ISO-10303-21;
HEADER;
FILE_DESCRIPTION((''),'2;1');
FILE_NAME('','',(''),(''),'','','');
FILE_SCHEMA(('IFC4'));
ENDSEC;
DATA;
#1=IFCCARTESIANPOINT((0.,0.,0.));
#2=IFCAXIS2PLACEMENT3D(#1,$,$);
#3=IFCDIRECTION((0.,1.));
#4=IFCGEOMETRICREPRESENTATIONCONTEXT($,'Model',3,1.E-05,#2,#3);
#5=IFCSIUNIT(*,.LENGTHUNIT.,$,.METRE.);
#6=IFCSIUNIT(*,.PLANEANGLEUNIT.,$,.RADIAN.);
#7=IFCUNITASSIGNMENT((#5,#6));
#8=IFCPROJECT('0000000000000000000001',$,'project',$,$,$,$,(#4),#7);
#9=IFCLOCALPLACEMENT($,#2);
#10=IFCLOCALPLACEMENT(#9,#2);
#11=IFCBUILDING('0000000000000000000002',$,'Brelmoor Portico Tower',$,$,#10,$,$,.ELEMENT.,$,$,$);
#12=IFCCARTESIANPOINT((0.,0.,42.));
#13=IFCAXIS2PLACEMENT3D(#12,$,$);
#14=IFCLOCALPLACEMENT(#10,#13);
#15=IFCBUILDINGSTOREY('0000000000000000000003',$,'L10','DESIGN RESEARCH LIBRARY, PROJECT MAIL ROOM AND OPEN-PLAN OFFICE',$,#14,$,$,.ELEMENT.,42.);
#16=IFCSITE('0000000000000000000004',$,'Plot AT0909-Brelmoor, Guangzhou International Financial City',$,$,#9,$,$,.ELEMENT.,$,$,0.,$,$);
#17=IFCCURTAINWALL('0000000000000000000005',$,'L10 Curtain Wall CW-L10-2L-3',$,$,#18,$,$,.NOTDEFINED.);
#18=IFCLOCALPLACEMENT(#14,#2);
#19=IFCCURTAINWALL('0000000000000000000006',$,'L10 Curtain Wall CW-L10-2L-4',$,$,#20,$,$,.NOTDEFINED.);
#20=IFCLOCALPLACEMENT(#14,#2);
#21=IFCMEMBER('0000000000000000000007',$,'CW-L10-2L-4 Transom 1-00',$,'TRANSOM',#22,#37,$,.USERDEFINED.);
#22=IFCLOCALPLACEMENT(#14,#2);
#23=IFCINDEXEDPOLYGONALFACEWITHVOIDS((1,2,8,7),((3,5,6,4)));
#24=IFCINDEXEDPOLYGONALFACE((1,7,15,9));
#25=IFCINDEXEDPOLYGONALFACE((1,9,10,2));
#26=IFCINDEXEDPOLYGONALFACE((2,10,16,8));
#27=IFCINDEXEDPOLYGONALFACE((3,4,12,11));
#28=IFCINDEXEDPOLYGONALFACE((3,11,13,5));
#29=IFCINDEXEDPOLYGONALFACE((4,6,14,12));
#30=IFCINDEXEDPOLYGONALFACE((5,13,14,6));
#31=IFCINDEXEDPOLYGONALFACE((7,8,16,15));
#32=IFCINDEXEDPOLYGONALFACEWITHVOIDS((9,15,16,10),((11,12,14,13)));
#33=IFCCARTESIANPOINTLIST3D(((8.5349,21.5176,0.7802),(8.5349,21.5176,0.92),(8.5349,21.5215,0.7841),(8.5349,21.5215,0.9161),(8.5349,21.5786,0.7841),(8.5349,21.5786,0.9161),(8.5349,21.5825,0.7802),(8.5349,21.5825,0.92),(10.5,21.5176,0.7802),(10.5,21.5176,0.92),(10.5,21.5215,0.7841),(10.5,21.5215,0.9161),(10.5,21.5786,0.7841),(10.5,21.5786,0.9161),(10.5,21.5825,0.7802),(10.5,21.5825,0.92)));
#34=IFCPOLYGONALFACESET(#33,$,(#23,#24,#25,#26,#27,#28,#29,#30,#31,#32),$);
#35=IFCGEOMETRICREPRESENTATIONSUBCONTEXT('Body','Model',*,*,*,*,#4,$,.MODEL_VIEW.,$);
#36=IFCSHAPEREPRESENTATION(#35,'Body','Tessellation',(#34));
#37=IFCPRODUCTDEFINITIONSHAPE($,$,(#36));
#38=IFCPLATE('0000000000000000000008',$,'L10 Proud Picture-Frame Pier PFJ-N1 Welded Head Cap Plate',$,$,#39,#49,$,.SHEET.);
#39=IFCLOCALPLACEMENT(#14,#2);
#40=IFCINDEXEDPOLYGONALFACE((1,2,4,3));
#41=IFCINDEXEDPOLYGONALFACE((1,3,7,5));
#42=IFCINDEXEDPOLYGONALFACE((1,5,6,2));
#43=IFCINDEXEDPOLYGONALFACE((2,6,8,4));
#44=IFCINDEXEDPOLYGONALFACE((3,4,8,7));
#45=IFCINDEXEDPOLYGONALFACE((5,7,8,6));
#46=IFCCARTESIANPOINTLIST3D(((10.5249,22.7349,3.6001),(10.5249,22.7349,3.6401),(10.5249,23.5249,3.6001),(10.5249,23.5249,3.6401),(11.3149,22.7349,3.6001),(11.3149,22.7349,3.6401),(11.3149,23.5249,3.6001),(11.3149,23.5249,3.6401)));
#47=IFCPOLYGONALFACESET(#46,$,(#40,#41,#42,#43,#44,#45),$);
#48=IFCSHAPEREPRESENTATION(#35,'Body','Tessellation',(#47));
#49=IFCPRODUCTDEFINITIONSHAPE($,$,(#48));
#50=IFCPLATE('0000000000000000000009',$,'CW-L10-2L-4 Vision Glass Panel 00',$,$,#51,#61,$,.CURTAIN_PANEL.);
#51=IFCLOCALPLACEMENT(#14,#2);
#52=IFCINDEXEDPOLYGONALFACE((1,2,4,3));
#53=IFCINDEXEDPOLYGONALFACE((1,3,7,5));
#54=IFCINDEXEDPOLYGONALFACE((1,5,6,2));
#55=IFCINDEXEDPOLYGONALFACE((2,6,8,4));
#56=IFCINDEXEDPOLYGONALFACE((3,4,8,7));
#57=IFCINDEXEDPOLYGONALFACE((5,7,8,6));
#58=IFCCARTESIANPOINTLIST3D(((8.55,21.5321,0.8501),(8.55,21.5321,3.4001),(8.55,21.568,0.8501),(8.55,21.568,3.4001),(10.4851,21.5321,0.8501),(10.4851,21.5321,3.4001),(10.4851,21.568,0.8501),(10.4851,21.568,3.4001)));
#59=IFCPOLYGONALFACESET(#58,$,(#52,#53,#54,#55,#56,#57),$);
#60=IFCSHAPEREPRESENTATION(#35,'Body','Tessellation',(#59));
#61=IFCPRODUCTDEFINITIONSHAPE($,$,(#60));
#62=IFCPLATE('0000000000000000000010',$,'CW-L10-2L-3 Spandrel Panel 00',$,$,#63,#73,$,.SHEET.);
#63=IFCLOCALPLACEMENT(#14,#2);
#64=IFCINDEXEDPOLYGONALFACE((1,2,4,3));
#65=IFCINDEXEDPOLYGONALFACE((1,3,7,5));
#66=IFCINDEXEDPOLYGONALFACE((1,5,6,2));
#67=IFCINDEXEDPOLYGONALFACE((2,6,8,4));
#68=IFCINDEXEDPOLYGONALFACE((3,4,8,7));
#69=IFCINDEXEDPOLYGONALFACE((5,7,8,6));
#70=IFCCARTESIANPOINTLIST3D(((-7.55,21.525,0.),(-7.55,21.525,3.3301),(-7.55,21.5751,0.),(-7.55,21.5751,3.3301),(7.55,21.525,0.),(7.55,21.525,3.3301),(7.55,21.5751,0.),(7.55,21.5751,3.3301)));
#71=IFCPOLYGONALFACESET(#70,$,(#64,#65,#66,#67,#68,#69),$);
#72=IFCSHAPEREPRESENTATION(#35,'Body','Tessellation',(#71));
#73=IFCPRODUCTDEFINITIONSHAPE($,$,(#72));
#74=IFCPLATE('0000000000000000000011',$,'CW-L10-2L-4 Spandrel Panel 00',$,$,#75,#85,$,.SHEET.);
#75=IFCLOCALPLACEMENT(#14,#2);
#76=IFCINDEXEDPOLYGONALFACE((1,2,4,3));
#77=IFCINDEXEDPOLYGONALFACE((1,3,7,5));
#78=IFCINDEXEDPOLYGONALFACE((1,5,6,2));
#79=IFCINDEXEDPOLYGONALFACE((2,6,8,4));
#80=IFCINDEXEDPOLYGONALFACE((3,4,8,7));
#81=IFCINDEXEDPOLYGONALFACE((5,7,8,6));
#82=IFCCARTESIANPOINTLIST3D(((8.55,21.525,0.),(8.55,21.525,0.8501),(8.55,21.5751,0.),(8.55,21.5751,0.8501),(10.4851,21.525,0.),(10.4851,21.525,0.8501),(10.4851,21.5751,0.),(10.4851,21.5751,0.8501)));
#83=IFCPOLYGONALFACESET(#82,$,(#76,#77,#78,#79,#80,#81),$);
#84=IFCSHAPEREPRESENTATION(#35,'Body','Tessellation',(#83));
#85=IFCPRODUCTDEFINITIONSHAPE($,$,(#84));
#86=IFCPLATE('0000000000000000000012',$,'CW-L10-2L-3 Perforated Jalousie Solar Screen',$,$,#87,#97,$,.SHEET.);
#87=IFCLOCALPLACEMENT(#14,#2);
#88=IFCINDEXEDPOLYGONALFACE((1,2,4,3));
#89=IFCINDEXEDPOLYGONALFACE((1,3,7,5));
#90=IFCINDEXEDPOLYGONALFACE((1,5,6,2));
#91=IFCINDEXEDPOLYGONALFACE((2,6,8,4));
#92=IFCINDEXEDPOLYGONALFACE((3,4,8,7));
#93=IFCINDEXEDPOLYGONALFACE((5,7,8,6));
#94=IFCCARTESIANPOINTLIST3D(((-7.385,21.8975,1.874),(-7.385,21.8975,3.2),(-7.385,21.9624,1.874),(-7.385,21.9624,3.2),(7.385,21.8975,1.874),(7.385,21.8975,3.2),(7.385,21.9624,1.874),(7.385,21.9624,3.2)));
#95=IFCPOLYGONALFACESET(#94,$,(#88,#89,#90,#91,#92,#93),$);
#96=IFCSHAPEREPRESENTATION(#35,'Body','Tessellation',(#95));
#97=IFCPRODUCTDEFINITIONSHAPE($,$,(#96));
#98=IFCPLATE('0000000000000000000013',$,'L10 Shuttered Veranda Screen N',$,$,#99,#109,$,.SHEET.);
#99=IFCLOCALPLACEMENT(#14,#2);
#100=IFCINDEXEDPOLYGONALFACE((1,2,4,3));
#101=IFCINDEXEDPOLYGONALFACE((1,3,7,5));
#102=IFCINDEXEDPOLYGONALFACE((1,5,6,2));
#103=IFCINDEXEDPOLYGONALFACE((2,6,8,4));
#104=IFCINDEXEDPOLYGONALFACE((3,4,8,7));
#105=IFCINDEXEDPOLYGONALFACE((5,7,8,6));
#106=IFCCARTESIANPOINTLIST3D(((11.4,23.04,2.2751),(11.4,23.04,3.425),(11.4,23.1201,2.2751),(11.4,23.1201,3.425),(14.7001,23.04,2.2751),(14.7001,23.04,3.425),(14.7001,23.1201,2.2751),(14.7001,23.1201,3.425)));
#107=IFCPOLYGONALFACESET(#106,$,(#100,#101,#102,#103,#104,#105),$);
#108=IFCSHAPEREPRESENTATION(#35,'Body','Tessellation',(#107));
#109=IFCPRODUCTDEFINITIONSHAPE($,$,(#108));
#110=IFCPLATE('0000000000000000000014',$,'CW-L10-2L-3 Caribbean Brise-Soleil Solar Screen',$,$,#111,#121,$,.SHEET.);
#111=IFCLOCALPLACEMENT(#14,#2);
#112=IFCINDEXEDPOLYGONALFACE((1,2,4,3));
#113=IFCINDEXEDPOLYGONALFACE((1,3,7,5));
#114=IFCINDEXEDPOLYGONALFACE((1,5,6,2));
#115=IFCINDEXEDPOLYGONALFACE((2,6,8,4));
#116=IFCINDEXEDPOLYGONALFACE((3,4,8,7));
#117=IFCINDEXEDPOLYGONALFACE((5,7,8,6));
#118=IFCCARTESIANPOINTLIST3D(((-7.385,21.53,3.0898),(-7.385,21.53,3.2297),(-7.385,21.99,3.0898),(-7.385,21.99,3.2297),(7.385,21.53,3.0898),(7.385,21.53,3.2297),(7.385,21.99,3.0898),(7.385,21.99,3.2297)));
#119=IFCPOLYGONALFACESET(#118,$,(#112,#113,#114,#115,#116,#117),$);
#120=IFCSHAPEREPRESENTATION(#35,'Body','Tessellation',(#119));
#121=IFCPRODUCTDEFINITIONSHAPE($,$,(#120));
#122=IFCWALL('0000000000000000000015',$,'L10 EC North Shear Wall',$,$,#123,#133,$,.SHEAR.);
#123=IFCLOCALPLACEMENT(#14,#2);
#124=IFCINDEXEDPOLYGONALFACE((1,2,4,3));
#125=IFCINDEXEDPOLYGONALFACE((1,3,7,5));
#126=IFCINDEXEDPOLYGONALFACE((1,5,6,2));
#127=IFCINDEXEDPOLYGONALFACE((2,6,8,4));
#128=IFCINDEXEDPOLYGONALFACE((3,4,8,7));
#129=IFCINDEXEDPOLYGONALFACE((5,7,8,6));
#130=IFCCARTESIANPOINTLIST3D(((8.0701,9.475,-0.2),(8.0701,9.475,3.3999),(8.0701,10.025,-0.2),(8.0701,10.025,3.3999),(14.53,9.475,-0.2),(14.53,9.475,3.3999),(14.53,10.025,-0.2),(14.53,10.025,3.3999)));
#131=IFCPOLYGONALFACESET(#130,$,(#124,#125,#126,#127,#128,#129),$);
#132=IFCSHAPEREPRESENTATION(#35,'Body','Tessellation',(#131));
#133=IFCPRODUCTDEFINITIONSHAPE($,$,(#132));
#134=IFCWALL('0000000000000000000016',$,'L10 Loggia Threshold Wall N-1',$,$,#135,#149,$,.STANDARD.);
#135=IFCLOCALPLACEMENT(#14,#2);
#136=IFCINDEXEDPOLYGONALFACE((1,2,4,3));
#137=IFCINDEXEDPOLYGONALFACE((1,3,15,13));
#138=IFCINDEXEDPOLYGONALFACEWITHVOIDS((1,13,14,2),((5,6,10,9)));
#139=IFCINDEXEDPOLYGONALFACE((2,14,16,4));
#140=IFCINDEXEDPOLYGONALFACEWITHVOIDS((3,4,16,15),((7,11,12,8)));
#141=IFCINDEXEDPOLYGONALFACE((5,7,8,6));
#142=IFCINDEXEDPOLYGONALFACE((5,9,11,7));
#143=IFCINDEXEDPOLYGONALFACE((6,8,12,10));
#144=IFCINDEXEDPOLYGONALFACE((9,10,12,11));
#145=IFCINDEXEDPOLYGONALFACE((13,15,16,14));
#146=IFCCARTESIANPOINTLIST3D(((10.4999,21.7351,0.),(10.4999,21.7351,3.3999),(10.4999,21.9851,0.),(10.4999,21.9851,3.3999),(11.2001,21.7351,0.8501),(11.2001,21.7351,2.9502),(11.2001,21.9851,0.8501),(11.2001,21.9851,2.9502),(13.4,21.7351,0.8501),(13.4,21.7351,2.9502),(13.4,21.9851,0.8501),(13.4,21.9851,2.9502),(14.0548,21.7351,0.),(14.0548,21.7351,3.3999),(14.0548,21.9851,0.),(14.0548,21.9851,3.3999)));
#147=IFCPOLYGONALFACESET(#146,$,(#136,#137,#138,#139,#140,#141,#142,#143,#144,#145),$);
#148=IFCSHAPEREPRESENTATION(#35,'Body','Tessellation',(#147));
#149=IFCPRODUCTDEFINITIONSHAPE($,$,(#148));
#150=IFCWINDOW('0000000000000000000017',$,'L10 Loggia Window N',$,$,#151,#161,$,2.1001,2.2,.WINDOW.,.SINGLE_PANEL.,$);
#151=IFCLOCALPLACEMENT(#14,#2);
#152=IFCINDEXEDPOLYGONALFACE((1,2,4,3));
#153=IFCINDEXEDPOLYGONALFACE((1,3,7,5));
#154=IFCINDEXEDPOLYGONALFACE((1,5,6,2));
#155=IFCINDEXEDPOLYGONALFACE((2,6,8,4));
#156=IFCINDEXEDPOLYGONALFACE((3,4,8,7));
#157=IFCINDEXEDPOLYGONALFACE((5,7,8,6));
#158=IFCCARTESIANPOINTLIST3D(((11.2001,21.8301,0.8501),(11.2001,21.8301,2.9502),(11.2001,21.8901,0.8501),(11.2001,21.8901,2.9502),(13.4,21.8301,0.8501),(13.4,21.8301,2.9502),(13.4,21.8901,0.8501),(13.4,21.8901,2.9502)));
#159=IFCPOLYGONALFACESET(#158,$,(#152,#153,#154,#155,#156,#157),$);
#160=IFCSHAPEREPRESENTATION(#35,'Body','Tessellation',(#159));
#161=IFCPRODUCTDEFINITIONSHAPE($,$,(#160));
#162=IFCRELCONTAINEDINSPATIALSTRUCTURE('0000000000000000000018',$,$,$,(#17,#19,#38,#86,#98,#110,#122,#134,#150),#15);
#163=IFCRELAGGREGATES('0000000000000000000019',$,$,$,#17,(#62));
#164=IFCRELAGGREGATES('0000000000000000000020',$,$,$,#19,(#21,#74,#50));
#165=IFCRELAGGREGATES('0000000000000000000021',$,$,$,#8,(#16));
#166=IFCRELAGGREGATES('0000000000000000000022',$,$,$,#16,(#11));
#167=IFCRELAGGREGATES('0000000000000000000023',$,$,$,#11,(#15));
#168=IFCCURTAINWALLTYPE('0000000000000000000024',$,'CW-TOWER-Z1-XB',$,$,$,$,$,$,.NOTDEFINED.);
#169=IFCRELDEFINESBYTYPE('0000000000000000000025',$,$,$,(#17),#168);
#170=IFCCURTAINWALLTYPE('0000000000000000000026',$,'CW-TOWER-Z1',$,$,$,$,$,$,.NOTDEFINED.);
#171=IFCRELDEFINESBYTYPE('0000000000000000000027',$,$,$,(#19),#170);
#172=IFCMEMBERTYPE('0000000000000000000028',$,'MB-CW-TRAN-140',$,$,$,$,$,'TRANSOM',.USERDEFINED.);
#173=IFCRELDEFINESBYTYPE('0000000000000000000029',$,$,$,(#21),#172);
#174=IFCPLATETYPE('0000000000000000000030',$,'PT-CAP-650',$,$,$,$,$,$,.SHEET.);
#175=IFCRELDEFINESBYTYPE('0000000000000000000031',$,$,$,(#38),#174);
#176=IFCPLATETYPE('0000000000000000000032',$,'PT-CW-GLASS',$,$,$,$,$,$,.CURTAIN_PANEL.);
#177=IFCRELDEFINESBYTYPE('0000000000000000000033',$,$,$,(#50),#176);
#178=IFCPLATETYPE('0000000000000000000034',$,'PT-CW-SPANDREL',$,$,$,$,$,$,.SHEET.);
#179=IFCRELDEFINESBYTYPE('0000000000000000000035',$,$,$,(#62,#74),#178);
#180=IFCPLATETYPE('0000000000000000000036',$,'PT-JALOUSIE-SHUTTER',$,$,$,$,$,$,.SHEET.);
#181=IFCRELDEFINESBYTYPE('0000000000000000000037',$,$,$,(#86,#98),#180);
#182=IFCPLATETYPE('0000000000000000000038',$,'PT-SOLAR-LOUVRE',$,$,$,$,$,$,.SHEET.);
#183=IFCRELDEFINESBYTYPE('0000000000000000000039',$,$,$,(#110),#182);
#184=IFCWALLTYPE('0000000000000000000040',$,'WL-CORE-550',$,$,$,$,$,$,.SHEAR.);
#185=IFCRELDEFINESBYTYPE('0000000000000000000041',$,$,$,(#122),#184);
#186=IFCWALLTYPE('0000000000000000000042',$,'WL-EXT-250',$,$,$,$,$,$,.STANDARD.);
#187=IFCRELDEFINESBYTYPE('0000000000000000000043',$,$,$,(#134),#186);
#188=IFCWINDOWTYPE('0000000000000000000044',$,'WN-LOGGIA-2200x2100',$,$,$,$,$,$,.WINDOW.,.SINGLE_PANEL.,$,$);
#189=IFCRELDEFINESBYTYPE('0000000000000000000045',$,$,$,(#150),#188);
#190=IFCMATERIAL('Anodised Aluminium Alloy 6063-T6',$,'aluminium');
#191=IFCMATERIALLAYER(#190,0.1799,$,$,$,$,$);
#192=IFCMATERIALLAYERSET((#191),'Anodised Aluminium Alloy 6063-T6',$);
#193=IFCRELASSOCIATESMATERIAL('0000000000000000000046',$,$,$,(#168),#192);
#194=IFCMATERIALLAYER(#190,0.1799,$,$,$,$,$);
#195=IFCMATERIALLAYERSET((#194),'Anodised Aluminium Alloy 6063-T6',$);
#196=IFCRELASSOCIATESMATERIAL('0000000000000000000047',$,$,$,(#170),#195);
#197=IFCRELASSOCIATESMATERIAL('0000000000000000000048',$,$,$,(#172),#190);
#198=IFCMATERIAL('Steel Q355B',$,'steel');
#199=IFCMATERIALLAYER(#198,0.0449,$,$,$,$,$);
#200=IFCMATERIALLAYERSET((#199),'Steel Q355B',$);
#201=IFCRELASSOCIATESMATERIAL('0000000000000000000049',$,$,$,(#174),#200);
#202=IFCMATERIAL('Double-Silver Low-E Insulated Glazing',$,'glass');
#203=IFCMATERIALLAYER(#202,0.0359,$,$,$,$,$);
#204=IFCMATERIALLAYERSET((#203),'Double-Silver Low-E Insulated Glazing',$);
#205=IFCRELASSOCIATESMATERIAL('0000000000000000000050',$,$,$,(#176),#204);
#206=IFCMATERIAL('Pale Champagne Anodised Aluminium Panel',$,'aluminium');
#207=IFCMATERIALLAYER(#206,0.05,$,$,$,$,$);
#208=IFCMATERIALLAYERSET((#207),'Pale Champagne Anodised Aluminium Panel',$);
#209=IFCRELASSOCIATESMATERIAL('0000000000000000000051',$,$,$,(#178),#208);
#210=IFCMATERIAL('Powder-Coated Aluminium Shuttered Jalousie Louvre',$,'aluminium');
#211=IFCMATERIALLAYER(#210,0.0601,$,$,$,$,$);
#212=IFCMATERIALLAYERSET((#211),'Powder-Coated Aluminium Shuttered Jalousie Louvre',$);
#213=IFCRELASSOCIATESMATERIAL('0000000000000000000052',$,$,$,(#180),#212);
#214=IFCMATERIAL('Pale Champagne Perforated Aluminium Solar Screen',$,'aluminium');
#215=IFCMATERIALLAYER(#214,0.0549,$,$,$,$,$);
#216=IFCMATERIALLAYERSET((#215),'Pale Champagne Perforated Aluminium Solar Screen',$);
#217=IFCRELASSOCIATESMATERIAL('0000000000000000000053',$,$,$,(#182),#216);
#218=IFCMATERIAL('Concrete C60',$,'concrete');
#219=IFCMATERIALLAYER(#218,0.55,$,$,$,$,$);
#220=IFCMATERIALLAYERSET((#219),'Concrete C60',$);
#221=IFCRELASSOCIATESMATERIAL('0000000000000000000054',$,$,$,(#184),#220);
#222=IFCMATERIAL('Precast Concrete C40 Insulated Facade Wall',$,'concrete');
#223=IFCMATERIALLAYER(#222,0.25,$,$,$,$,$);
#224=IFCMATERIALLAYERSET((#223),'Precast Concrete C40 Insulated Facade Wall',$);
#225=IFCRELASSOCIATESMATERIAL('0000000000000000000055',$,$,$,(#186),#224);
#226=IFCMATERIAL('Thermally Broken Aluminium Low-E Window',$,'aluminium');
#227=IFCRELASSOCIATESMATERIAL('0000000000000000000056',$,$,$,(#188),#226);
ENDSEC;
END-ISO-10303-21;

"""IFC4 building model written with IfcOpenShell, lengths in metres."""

from ifc_helpers import new_model, si_unit, direction, frame, frame_2d, origin, origin_2d, place, context, subcontext, project, spatial, rectangle, hollow_rectangle, extrude, material, layer, layer_set, material_profile, profile_set, type_object, element, fill, aggregate, save


model = new_model("IFC4")

# Units and contexts
model_context = context("Model", 3, precision=1e-05, world=origin(), true_north=direction((0.0, 1.0)))
body_context = subcontext(model_context, "Body", "Model", "MODEL_VIEW")
ifc_project = project(units=[si_unit("LENGTHUNIT", "METRE"), si_unit("PLANEANGLEUNIT", "RADIAN")], contexts=[model_context])

# Site, building, storey
site_placement = place(None, origin())
site = spatial("IfcSite", under=ifc_project, at=site_placement, Name="Plot AT0909-Brelmoor, Guangzhou International Financial City", CompositionType="ELEMENT", RefElevation=0.0)
building_placement = place(site_placement, origin())
building = spatial("IfcBuilding", under=site, at=building_placement, Name="Brelmoor Portico Tower", CompositionType="ELEMENT")
storey_placement = place(building_placement, frame((0.0, 0.0, 42.0)))
storey = spatial("IfcBuildingStorey", under=building, at=storey_placement, Name="L10", Description="DESIGN RESEARCH LIBRARY, PROJECT MAIL ROOM AND OPEN-PLAN OFFICE", CompositionType="ELEMENT", Elevation=42.0)

# Shared definitions
ifc_material_1 = material(Name="Steel Q355B", Category="steel")

# Curtain wall
ifc_material_2 = material(Name="Anodised Aluminium Alloy 6063-T6", Category="aluminium")
ifc_layer_1 = layer(ifc_material_2, 0.1799)
ifc_layer_set_1 = layer_set([ifc_layer_1], Name="Anodised Aluminium Alloy 6063-T6")
curtain_wall_type_1 = type_object("IfcCurtainWallType", Name="CW-TOWER-Z1-XB", PredefinedType="NOTDEFINED", material=ifc_layer_set_1)
curtain_wall_1_placement = place(storey_placement, origin())
curtain_wall_1 = element("IfcCurtainWall", 1, at=curtain_wall_1_placement, inside=storey, type_object=curtain_wall_type_1, Name="L10 Curtain Wall CW-L10-2L-3", PredefinedType="NOTDEFINED")

# Curtain wall, member
ifc_layer_2 = layer(ifc_material_2, 0.1799)
ifc_layer_set_2 = layer_set([ifc_layer_2], Name="Anodised Aluminium Alloy 6063-T6")
curtain_wall_type_2 = type_object("IfcCurtainWallType", Name="CW-TOWER-Z1", PredefinedType="NOTDEFINED", material=ifc_layer_set_2)
curtain_wall_2_placement = place(storey_placement, origin())
curtain_wall_2 = element("IfcCurtainWall", 2, at=curtain_wall_2_placement, inside=storey, type_object=curtain_wall_type_2, Name="L10 Curtain Wall CW-L10-2L-4", PredefinedType="NOTDEFINED")
ifc_material_profile_1 = material_profile(ifc_material_2, hollow_rectangle(XDim=0.0649, YDim=0.1399, WallThickness=0.0039, at=origin_2d()), Name="ALU TRANSOM 65x140")
ifc_profile_set_1 = profile_set([ifc_material_profile_1], Name="Anodised Aluminium Alloy 6063-T6")
member_type_1 = type_object("IfcMemberType", Name="MB-CW-TRAN-140", ElementType="TRANSOM", PredefinedType="USERDEFINED", material=ifc_profile_set_1)
member_1_placement = place(storey_placement, frame((8.5349, 21.55, 0.8501), z_axis=(1.0, 0.0, 0.0), x_axis=(0.0, 1.0, 0.0)))
member_1 = element("IfcMember", 3, at=member_1_placement, type_object=member_type_1, Name="CW-L10-2L-4 Transom 1-00", ObjectType="TRANSOM", PredefinedType="USERDEFINED", context=body_context, shape_type="SweptSolid", body=[
    extrude(hollow_rectangle(XDim=0.0649, YDim=0.1399, WallThickness=0.0039, at=origin_2d()), origin(), (0.0, 0.0, 1.0), 1.9651),
])

# Plates
ifc_layer_3 = layer(ifc_material_1, 0.0449)
ifc_layer_set_3 = layer_set([ifc_layer_3], Name="Steel Q355B")
plate_type_1 = type_object("IfcPlateType", Name="PT-CAP-650", PredefinedType="SHEET", material=ifc_layer_set_3)
plate_1_placement = place(storey_placement, frame((10.9199, 23.1299, 3.6001), z_axis=(0.0, 0.0, 1.0), x_axis=(1.0, 0.0, 0.0)))
element("IfcPlate", 4, at=plate_1_placement, inside=storey, type_object=plate_type_1, Name="L10 Proud Picture-Frame Pier PFJ-N1 Welded Head Cap Plate", PredefinedType="SHEET", context=body_context, shape_type="SweptSolid", body=[
    extrude(rectangle(XDim=0.79, YDim=0.79, at=origin_2d()), origin(), (0.0, 0.0, 1.0), 0.04),
])
ifc_material_3 = material(Name="Double-Silver Low-E Insulated Glazing", Category="glass")
ifc_layer_4 = layer(ifc_material_3, 0.0359)
ifc_layer_set_4 = layer_set([ifc_layer_4], Name="Double-Silver Low-E Insulated Glazing")
plate_type_2 = type_object("IfcPlateType", Name="PT-CW-GLASS", PredefinedType="CURTAIN_PANEL", material=ifc_layer_set_4)
plate_2_placement = place(storey_placement, frame((9.5176, 21.55, 0.8501), z_axis=(0.0, 0.0, 1.0), x_axis=(1.0, 0.0, 0.0)))
plate_2 = element("IfcPlate", 5, at=plate_2_placement, type_object=plate_type_2, Name="CW-L10-2L-4 Vision Glass Panel 00", PredefinedType="CURTAIN_PANEL", context=body_context, shape_type="SweptSolid", body=[
    extrude(rectangle(XDim=1.9351, YDim=0.0359, at=origin_2d()), origin(), (0.0, 0.0, 1.0), 2.55),
])
ifc_material_4 = material(Name="Pale Champagne Anodised Aluminium Panel", Category="aluminium")
ifc_layer_5 = layer(ifc_material_4, 0.05)
ifc_layer_set_5 = layer_set([ifc_layer_5], Name="Pale Champagne Anodised Aluminium Panel")
plate_type_3 = type_object("IfcPlateType", Name="PT-CW-SPANDREL", PredefinedType="SHEET", material=ifc_layer_set_5)
plate_3_placement = place(storey_placement, frame((0.0, 21.55, 0.0), z_axis=(0.0, 0.0, 1.0), x_axis=(1.0, 0.0, 0.0)))
plate_3 = element("IfcPlate", 6, at=plate_3_placement, type_object=plate_type_3, Name="CW-L10-2L-3 Spandrel Panel 00", PredefinedType="SHEET", context=body_context, shape_type="SweptSolid", body=[
    extrude(rectangle(XDim=15.1001, YDim=0.05, at=origin_2d()), origin(), (0.0, 0.0, 1.0), 3.3301),
])
aggregate(curtain_wall_1, [plate_3])
plate_4_placement = place(storey_placement, frame((9.5176, 21.55, 0.0), z_axis=(0.0, 0.0, 1.0), x_axis=(1.0, 0.0, 0.0)))
plate_4 = element("IfcPlate", 7, at=plate_4_placement, type_object=plate_type_3, Name="CW-L10-2L-4 Spandrel Panel 00", PredefinedType="SHEET", context=body_context, shape_type="SweptSolid", body=[
    extrude(rectangle(XDim=1.9351, YDim=0.05, at=origin_2d()), origin(), (0.0, 0.0, 1.0), 0.8501),
])
aggregate(curtain_wall_2, [member_1, plate_4, plate_2])

# Plates
ifc_material_5 = material(Name="Powder-Coated Aluminium Shuttered Jalousie Louvre", Category="aluminium")
ifc_layer_6 = layer(ifc_material_5, 0.0601)
ifc_layer_set_6 = layer_set([ifc_layer_6], Name="Powder-Coated Aluminium Shuttered Jalousie Louvre")
plate_type_4 = type_object("IfcPlateType", Name="PT-JALOUSIE-SHUTTER", PredefinedType="SHEET", material=ifc_layer_set_6)
plate_5_placement = place(storey_placement, frame((0.0, 21.9299, 1.874), z_axis=(0.0, 0.0, 1.0), x_axis=(1.0, 0.0, 0.0)))
element("IfcPlate", 8, at=plate_5_placement, inside=storey, type_object=plate_type_4, Name="CW-L10-2L-3 Perforated Jalousie Solar Screen", PredefinedType="SHEET", context=body_context, shape_type="SweptSolid", body=[
    extrude(rectangle(XDim=14.77, YDim=0.0649, at=origin_2d()), origin(), (0.0, 0.0, 1.0), 1.3259),
])
plate_6_placement = place(storey_placement, frame((13.05, 23.0801, 2.2751), z_axis=(0.0, 0.0, 1.0), x_axis=(1.0, 0.0, 0.0)))
element("IfcPlate", 9, at=plate_6_placement, inside=storey, type_object=plate_type_4, Name="L10 Shuttered Veranda Screen N", PredefinedType="SHEET", context=body_context, shape_type="SweptSolid", body=[
    extrude(rectangle(XDim=3.3, YDim=0.0801, at=origin_2d()), origin(), (0.0, 0.0, 1.0), 1.1499),
])
ifc_material_6 = material(Name="Pale Champagne Perforated Aluminium Solar Screen", Category="aluminium")
ifc_layer_7 = layer(ifc_material_6, 0.0549)
ifc_layer_set_7 = layer_set([ifc_layer_7], Name="Pale Champagne Perforated Aluminium Solar Screen")
plate_type_5 = type_object("IfcPlateType", Name="PT-SOLAR-LOUVRE", PredefinedType="SHEET", material=ifc_layer_set_7)
plate_7_placement = place(storey_placement, frame((0.0, 21.76, 3.0898), z_axis=(0.0, 0.0, 1.0), x_axis=(1.0, 0.0, 0.0)))
element("IfcPlate", 10, at=plate_7_placement, inside=storey, type_object=plate_type_5, Name="CW-L10-2L-3 Caribbean Brise-Soleil Solar Screen", PredefinedType="SHEET", context=body_context, shape_type="SweptSolid", body=[
    extrude(rectangle(XDim=14.77, YDim=0.46, at=origin_2d()), origin(), (0.0, 0.0, 1.0), 0.1399),
])

# Wall
ifc_material_7 = material(Name="Concrete C60", Category="concrete")
ifc_layer_8 = layer(ifc_material_7, 0.55)
ifc_layer_set_8 = layer_set([ifc_layer_8], Name="Concrete C60")
wall_type_1 = type_object("IfcWallType", Name="WL-CORE-550", PredefinedType="SHEAR", material=ifc_layer_set_8)
wall_1_placement = place(storey_placement, frame((8.0701, 9.75, -0.2), z_axis=(0.0, 0.0, 1.0), x_axis=(1.0, 0.0, 0.0)))
element("IfcWall", 11, at=wall_1_placement, inside=storey, type_object=wall_type_1, Name="L10 EC North Shear Wall", PredefinedType="SHEAR", context=body_context, shape_type="SweptSolid", body=[
    extrude(rectangle(XDim=6.46, YDim=0.55, at=frame_2d((3.23, 0.0))), origin(), (0.0, 0.0, 1.0), 3.5999),
])

# Wall, opening, window
ifc_material_8 = material(Name="Precast Concrete C40 Insulated Facade Wall", Category="concrete")
ifc_layer_9 = layer(ifc_material_8, 0.25)
ifc_layer_set_9 = layer_set([ifc_layer_9], Name="Precast Concrete C40 Insulated Facade Wall")
wall_type_2 = type_object("IfcWallType", Name="WL-EXT-250", PredefinedType="STANDARD", material=ifc_layer_set_9)
wall_2_placement = place(storey_placement, frame((10.5, 21.8601, 0.0), z_axis=(0.0, 0.0, 1.0), x_axis=(1.0, 0.0, 0.0)))
wall_2 = element("IfcWall", 12, at=wall_2_placement, inside=storey, type_object=wall_type_2, Name="L10 Loggia Threshold Wall N-1", PredefinedType="STANDARD", context=body_context, shape_type="SweptSolid", body=[
    extrude(rectangle(XDim=3.5549, YDim=0.25, at=frame_2d((1.7773, 0.0))), origin(), (0.0, 0.0, 1.0), 3.3999),
])
opening_1_placement = place(wall_2_placement, frame((0.7, 0.0, 0.8501)))
opening_1 = element("IfcOpeningElement", 13, at=opening_1_placement, cuts=wall_2, PredefinedType="OPENING", context=body_context, shape_type="SweptSolid", body=[
    extrude(rectangle(XDim=2.2, YDim=2.1001, at=frame_2d((1.1001, 1.05))), frame((0.0, 0.135, 0.0), z_axis=(0.0, -1.0, 0.0), x_axis=(1.0, 0.0, 0.0)), (0.0, 0.0, 1.0), 0.27),
])
ifc_material_9 = material(Name="Thermally Broken Aluminium Low-E Window", Category="aluminium")
window_type = type_object("IfcWindowType", Name="WN-LOGGIA-2200x2100", PartitioningType="SINGLE_PANEL", PredefinedType="WINDOW", material=ifc_material_9)
window_placement = place(opening_1_placement, origin())
window = element("IfcWindow", 14, at=window_placement, inside=storey, type_object=window_type, Name="L10 Loggia Window N", OverallHeight=2.1001, OverallWidth=2.2, PartitioningType="SINGLE_PANEL", PredefinedType="WINDOW", context=body_context, shape_type="SweptSolid", body=[
    extrude(rectangle(XDim=2.2, YDim=2.1001, at=frame_2d((1.1001, 1.05))), frame((0.0, 0.03, 0.0), z_axis=(0.0, -1.0, 0.0), x_axis=(1.0, 0.0, 0.0)), (0.0, 0.0, 1.0), 0.0601),
])
fill(opening_1, window)

save(model, "model.ifc")
